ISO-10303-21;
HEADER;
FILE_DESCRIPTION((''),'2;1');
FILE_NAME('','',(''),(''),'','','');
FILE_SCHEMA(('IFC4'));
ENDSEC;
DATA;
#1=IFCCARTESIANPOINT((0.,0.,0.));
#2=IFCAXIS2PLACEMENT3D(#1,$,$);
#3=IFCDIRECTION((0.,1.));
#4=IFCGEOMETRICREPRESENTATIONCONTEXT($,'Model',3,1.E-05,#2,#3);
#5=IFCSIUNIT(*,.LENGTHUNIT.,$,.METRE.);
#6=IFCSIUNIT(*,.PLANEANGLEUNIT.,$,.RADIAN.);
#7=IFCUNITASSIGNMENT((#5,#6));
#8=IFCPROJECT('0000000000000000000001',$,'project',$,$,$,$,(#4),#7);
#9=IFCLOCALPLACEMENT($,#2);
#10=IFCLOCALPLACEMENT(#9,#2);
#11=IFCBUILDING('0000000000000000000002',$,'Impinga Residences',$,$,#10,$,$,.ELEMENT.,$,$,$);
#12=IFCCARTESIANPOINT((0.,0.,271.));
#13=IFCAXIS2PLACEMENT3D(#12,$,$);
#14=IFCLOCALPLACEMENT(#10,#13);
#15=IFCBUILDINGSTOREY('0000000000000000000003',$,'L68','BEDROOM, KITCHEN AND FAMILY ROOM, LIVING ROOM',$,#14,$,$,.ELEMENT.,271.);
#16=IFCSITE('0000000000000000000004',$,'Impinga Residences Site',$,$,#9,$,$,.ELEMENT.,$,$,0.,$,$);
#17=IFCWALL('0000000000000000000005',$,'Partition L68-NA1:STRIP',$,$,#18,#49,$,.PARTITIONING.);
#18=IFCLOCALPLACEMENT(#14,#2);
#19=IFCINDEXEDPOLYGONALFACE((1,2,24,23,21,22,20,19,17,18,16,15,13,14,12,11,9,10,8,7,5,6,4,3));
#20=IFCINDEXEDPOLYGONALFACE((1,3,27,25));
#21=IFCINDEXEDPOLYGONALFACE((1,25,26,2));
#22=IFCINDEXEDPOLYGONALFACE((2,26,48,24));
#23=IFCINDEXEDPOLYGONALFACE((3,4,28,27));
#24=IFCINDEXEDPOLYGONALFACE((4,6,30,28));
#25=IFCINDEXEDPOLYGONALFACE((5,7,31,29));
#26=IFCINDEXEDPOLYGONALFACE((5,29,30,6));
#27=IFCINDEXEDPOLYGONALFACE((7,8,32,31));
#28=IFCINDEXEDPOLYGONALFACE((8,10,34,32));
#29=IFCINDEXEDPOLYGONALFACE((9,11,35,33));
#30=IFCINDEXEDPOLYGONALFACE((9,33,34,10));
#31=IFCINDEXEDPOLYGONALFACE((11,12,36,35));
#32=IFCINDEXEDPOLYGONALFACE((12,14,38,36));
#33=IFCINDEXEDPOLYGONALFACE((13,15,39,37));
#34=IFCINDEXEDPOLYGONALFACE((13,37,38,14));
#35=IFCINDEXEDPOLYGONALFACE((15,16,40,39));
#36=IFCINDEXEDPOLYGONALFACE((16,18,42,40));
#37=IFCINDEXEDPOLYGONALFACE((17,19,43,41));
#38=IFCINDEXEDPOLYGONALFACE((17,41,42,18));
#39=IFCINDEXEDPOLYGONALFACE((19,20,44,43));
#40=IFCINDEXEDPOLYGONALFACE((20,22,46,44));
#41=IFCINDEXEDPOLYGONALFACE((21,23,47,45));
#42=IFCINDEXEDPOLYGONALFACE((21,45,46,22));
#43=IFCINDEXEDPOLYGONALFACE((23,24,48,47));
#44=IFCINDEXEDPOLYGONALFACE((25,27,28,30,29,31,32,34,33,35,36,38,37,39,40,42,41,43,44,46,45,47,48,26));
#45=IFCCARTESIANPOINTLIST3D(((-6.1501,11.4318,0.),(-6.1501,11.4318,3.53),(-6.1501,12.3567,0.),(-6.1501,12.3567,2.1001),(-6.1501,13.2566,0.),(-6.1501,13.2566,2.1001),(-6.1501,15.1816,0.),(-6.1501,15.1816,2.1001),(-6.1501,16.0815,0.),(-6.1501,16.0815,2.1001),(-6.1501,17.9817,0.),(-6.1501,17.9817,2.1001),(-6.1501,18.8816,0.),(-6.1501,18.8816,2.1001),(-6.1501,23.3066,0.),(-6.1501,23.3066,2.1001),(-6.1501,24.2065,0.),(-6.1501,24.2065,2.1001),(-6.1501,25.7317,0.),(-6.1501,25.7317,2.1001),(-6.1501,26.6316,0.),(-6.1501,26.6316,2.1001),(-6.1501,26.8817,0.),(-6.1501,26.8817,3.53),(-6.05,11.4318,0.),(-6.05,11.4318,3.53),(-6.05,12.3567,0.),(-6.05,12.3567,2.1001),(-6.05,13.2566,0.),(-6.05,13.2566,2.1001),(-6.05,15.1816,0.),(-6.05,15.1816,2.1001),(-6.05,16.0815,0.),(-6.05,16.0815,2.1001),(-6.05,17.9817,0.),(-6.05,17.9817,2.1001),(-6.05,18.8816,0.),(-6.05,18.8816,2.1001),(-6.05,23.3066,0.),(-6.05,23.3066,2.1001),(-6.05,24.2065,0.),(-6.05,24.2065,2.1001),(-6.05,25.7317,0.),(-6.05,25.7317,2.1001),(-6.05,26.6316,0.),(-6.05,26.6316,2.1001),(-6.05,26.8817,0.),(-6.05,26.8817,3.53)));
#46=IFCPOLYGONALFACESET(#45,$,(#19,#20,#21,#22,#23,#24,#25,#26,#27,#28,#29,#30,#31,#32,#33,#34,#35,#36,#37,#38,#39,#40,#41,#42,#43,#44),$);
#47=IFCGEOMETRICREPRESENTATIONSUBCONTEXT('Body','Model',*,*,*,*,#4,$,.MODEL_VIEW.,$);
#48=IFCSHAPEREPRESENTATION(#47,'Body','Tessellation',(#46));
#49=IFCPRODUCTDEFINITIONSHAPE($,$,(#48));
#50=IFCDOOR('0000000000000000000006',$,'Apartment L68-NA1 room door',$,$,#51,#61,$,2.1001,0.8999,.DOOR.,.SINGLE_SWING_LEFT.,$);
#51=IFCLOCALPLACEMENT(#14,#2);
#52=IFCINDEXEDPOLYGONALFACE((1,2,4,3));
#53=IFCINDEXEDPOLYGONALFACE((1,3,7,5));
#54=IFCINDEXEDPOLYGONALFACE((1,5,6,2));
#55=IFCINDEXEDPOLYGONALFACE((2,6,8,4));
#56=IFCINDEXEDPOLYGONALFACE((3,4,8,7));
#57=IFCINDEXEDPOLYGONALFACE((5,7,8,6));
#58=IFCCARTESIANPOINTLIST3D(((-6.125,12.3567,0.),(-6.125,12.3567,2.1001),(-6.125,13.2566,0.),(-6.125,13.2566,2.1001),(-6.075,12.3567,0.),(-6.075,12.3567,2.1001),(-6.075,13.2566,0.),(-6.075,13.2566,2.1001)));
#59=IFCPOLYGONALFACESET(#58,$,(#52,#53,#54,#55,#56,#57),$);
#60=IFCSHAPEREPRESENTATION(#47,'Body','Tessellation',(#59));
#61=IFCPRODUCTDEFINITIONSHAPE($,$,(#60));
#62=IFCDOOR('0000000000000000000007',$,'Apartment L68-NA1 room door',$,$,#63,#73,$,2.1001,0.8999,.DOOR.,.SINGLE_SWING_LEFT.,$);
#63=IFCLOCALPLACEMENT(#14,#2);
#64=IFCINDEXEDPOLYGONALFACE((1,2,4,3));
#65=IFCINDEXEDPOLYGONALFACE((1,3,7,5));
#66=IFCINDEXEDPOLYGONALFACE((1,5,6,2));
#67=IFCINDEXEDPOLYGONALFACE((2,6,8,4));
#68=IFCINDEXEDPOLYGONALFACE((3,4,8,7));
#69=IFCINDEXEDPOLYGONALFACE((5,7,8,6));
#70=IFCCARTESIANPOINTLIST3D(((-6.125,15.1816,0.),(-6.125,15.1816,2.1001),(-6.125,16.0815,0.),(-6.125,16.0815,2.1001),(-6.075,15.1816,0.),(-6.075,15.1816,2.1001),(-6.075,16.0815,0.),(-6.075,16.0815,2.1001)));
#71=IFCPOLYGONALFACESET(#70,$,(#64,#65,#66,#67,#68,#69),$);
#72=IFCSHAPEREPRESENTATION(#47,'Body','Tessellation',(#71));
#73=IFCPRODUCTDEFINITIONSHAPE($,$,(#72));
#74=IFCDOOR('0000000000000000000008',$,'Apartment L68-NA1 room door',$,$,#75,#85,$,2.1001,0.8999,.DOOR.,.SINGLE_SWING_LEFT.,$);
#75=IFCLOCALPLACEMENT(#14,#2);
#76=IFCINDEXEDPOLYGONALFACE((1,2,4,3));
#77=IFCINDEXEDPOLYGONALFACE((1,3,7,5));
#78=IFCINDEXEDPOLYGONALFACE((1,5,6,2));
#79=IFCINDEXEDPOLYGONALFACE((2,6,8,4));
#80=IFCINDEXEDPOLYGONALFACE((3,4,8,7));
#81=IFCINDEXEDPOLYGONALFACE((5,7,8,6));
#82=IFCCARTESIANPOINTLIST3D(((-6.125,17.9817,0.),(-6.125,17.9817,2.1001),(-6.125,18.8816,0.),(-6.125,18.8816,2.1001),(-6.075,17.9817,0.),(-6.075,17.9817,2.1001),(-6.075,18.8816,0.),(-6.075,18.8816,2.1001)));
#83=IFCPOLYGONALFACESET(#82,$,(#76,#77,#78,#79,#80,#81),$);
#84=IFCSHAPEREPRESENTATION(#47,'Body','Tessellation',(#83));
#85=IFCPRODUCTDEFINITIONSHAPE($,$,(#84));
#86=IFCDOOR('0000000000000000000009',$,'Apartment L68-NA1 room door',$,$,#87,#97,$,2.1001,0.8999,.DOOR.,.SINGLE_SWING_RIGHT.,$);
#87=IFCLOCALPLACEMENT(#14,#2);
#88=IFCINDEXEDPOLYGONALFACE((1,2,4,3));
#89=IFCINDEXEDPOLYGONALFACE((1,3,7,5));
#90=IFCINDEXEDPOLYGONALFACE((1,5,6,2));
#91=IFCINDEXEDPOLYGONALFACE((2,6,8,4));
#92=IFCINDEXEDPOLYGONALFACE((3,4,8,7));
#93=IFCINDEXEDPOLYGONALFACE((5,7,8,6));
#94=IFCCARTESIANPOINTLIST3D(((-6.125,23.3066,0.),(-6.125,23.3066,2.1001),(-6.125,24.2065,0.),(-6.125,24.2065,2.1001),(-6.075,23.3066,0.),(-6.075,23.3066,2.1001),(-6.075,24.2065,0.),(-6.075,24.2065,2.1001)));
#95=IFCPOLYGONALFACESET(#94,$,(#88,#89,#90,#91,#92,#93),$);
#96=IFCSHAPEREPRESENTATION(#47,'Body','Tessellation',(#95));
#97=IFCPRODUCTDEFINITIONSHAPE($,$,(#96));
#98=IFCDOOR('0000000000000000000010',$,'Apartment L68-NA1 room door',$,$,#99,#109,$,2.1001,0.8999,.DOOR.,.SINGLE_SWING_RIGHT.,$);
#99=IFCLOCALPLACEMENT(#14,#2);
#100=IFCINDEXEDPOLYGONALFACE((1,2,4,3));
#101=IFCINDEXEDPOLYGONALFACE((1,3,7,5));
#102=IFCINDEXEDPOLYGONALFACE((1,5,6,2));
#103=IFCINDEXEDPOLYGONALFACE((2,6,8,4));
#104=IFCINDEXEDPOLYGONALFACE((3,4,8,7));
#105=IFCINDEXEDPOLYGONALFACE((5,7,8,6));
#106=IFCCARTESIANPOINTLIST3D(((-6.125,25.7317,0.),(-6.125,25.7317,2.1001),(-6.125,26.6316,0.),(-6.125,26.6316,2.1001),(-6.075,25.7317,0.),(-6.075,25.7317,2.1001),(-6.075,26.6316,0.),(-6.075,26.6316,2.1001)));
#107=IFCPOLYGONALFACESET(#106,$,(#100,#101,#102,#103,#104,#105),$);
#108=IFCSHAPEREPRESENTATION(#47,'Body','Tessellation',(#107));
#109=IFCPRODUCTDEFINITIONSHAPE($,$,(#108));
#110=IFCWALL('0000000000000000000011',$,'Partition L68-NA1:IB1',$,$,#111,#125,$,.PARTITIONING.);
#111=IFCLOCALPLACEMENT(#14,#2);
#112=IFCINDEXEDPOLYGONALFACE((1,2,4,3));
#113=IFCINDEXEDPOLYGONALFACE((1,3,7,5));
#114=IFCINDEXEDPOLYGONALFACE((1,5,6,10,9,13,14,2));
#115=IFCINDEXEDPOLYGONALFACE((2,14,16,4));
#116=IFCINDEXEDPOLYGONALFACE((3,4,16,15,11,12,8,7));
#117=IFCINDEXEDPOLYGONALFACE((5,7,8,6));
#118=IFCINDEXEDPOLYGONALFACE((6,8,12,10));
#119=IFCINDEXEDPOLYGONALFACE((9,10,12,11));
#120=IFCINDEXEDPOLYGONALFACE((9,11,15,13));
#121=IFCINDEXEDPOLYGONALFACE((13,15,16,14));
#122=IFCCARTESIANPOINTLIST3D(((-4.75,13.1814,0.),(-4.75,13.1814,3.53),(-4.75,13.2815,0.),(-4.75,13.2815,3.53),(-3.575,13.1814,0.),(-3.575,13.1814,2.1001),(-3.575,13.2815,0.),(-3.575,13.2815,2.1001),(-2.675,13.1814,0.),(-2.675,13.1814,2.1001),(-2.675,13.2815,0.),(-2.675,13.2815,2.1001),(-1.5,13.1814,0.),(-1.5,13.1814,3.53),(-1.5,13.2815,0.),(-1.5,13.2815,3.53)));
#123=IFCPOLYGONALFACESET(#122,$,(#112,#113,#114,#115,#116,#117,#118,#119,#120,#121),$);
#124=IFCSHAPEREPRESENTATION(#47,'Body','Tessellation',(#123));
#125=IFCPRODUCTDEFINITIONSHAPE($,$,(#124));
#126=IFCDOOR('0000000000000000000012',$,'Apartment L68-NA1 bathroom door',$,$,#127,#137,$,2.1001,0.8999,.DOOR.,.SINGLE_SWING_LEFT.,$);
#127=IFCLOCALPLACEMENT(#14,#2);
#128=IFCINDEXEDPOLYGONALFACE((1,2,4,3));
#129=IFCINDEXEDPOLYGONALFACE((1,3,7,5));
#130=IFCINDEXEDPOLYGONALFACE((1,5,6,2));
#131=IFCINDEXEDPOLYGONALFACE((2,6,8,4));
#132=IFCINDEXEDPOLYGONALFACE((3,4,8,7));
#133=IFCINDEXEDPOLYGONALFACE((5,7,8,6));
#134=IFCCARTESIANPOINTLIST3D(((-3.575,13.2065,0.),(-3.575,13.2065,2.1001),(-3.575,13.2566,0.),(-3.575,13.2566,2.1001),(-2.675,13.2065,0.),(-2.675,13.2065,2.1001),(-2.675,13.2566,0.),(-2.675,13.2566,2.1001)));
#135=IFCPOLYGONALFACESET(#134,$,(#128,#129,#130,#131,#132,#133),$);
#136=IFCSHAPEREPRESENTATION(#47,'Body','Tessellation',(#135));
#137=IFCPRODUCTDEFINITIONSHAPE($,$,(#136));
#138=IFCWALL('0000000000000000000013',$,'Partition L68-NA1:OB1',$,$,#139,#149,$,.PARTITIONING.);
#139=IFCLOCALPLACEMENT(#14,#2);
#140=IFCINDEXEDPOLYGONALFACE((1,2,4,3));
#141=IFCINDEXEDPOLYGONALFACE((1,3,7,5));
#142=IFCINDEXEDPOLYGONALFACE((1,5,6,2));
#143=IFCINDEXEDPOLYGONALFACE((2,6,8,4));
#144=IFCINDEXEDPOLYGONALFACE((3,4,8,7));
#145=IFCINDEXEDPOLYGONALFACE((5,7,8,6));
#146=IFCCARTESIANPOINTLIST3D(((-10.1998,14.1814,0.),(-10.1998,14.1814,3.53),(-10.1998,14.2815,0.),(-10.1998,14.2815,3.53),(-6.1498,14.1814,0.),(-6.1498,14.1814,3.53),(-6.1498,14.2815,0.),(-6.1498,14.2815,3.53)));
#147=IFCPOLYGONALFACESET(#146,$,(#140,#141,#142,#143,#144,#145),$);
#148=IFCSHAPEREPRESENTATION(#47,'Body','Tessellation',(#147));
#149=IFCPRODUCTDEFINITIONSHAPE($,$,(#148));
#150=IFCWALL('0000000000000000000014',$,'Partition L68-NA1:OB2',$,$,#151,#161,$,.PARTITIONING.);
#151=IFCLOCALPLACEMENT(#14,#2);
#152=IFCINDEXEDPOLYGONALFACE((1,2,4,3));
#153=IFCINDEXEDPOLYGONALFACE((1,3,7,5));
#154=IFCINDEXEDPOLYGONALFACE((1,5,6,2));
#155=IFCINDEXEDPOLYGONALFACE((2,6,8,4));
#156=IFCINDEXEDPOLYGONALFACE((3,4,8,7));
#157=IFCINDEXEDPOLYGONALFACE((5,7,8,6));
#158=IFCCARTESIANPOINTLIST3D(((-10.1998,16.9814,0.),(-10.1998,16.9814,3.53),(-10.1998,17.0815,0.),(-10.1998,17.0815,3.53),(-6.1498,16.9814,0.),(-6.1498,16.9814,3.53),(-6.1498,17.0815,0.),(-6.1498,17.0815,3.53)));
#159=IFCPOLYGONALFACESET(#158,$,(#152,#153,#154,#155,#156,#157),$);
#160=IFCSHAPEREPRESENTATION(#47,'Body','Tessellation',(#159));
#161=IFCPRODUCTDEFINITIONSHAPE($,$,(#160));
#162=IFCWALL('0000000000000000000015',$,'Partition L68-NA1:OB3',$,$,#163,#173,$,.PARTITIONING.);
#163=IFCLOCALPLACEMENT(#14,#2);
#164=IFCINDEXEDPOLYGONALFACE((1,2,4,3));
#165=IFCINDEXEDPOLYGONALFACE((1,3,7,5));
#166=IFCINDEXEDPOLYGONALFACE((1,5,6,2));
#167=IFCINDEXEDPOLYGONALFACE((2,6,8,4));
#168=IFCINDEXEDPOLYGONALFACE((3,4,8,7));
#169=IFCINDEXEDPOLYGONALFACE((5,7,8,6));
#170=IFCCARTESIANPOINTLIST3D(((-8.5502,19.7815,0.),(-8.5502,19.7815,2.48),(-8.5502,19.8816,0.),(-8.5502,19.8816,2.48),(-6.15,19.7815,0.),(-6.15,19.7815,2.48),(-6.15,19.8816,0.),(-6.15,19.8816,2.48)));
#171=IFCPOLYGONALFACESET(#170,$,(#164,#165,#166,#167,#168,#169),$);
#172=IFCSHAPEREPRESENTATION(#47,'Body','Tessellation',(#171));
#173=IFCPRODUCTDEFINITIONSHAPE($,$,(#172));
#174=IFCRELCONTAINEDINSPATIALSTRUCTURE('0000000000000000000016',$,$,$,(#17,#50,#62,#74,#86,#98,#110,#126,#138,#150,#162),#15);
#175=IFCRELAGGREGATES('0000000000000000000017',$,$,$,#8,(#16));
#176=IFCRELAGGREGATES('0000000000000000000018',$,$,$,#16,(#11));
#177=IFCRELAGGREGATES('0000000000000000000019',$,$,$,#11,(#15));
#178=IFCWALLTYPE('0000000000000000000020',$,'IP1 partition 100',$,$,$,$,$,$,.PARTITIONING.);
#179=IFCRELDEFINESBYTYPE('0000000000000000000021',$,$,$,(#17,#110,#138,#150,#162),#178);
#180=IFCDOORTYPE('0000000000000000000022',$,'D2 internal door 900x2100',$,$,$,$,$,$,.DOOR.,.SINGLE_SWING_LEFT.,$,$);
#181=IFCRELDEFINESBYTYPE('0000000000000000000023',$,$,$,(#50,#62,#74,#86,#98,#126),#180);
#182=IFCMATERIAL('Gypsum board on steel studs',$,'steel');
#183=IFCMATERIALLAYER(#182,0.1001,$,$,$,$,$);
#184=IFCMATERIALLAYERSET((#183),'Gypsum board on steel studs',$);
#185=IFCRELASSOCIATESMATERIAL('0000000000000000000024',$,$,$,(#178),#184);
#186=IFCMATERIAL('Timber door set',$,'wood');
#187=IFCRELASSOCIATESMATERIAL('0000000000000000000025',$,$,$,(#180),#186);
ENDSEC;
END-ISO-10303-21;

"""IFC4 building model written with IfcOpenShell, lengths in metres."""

from ifc_helpers import new_model, si_unit, direction, frame, frame_2d, origin, place, context, subcontext, project, spatial, rectangle, extrude, material, layer, layer_set, type_object, element, fill, save


model = new_model("IFC4")

# Units and contexts
model_context = context("Model", 3, precision=1e-05, world=origin(), true_north=direction((0.0, 1.0)))
body_context = subcontext(model_context, "Body", "Model", "MODEL_VIEW")
ifc_project = project(units=[si_unit("LENGTHUNIT", "METRE"), si_unit("PLANEANGLEUNIT", "RADIAN")], contexts=[model_context])

# Site, building, storey
site_placement = place(None, origin())
site = spatial("IfcSite", under=ifc_project, at=site_placement, Name="Impinga Residences Site", CompositionType="ELEMENT", RefElevation=0.0)
building_placement = place(site_placement, origin())
building = spatial("IfcBuilding", under=site, at=building_placement, Name="Impinga Residences", CompositionType="ELEMENT")
storey_placement = place(building_placement, frame((0.0, 0.0, 271.0)))
storey = spatial("IfcBuildingStorey", under=building, at=storey_placement, Name="L68", Description="BEDROOM, KITCHEN AND FAMILY ROOM, LIVING ROOM", CompositionType="ELEMENT", Elevation=271.0)

# Shared definitions
ifc_material_1 = material(Name="Timber door set", Category="wood")

# Shared definitions
ifc_material_2 = material(Name="Gypsum board on steel studs", Category="steel")
ifc_layer_1 = layer(ifc_material_2, 0.1001)
ifc_layer_set_1 = layer_set([ifc_layer_1], Name="Gypsum board on steel studs")
wall_type_1 = type_object("IfcWallType", Name="IP1 partition 100", PredefinedType="PARTITIONING", material=ifc_layer_set_1)

# Wall, openings, doors
wall_1_placement = place(storey_placement, frame((-6.1001, 11.4316, 0.0), z_axis=(0.0, 0.0, 1.0), x_axis=(0.0, 1.0, 0.0)))
wall_1 = element("IfcWall", 1, at=wall_1_placement, inside=storey, type_object=wall_type_1, Name="Partition L68-NA1:STRIP", PredefinedType="PARTITIONING", context=body_context, shape_type="SweptSolid", body=[
    extrude(rectangle(XDim=15.45, YDim=0.1001, at=frame_2d((7.7251, 0.0))), origin(), (0.0, 0.0, 1.0), 3.53),
])
opening_1_placement = place(wall_1_placement, frame((0.925, 0.0, 0.0)))
opening_1 = element("IfcOpeningElement", 2, at=opening_1_placement, cuts=wall_1, PredefinedType="OPENING", context=body_context, shape_type="SweptSolid", body=[
    extrude(rectangle(XDim=0.8999, YDim=2.1001, at=frame_2d((0.45, 1.05))), frame((0.0, 0.0601, 0.0), z_axis=(0.0, -1.0, 0.0), x_axis=(1.0, 0.0, 0.0)), (0.0, 0.0, 1.0), 0.1201),
])
opening_2_placement = place(wall_1_placement, frame((3.75, 0.0, 0.0)))
opening_2 = element("IfcOpeningElement", 3, at=opening_2_placement, cuts=wall_1, PredefinedType="OPENING", context=body_context, shape_type="SweptSolid", body=[
    extrude(rectangle(XDim=0.8999, YDim=2.1001, at=frame_2d((0.45, 1.05))), frame((0.0, 0.0601, 0.0), z_axis=(0.0, -1.0, 0.0), x_axis=(1.0, 0.0, 0.0)), (0.0, 0.0, 1.0), 0.1201),
])
opening_3_placement = place(wall_1_placement, frame((6.55, 0.0, 0.0)))
opening_3 = element("IfcOpeningElement", 4, at=opening_3_placement, cuts=wall_1, PredefinedType="OPENING", context=body_context, shape_type="SweptSolid", body=[
    extrude(rectangle(XDim=0.8999, YDim=2.1001, at=frame_2d((0.45, 1.05))), frame((0.0, 0.0601, 0.0), z_axis=(0.0, -1.0, 0.0), x_axis=(1.0, 0.0, 0.0)), (0.0, 0.0, 1.0), 0.1201),
])
opening_4_placement = place(wall_1_placement, frame((11.875, 0.0, 0.0)))
opening_4 = element("IfcOpeningElement", 5, at=opening_4_placement, cuts=wall_1, PredefinedType="OPENING", context=body_context, shape_type="SweptSolid", body=[
    extrude(rectangle(XDim=0.8999, YDim=2.1001, at=frame_2d((0.45, 1.05))), frame((0.0, 0.0601, 0.0), z_axis=(0.0, -1.0, 0.0), x_axis=(1.0, 0.0, 0.0)), (0.0, 0.0, 1.0), 0.1201),
])
opening_5_placement = place(wall_1_placement, frame((14.3, 0.0, 0.0)))
opening_5 = element("IfcOpeningElement", 6, at=opening_5_placement, cuts=wall_1, PredefinedType="OPENING", context=body_context, shape_type="SweptSolid", body=[
    extrude(rectangle(XDim=0.8999, YDim=2.1001, at=frame_2d((0.45, 1.05))), frame((0.0, 0.0601, 0.0), z_axis=(0.0, -1.0, 0.0), x_axis=(1.0, 0.0, 0.0)), (0.0, 0.0, 1.0), 0.1201),
])
door_type_1 = type_object("IfcDoorType", Name="D2 internal door 900x2100", OperationType="SINGLE_SWING_LEFT", PredefinedType="DOOR", material=ifc_material_1)
door_1_placement = place(opening_1_placement, origin())
door_1 = element("IfcDoor", 7, at=door_1_placement, inside=storey, type_object=door_type_1, Name="Apartment L68-NA1 room door", OperationType="SINGLE_SWING_LEFT", OverallHeight=2.1001, OverallWidth=0.8999, PredefinedType="DOOR", context=body_context, shape_type="SweptSolid", body=[
    extrude(rectangle(XDim=0.8999, YDim=2.1001, at=frame_2d((0.45, 1.05))), frame((0.0, 0.0249, 0.0), z_axis=(0.0, -1.0, 0.0), x_axis=(1.0, 0.0, 0.0)), (0.0, 0.0, 1.0), 0.05),
])
fill(opening_1, door_1)
door_2_placement = place(opening_2_placement, origin())
door_2 = element("IfcDoor", 8, at=door_2_placement, inside=storey, type_object=door_type_1, Name="Apartment L68-NA1 room door", OperationType="SINGLE_SWING_LEFT", OverallHeight=2.1001, OverallWidth=0.8999, PredefinedType="DOOR", context=body_context, shape_type="SweptSolid", body=[
    extrude(rectangle(XDim=0.8999, YDim=2.1001, at=frame_2d((0.45, 1.05))), frame((0.0, 0.0249, 0.0), z_axis=(0.0, -1.0, 0.0), x_axis=(1.0, 0.0, 0.0)), (0.0, 0.0, 1.0), 0.05),
])
fill(opening_2, door_2)
door_3_placement = place(opening_3_placement, origin())
door_3 = element("IfcDoor", 9, at=door_3_placement, inside=storey, type_object=door_type_1, Name="Apartment L68-NA1 room door", OperationType="SINGLE_SWING_LEFT", OverallHeight=2.1001, OverallWidth=0.8999, PredefinedType="DOOR", context=body_context, shape_type="SweptSolid", body=[
    extrude(rectangle(XDim=0.8999, YDim=2.1001, at=frame_2d((0.45, 1.05))), frame((0.0, 0.0249, 0.0), z_axis=(0.0, -1.0, 0.0), x_axis=(1.0, 0.0, 0.0)), (0.0, 0.0, 1.0), 0.05),
])
fill(opening_3, door_3)
door_4_placement = place(opening_4_placement, origin())
door_4 = element("IfcDoor", 10, at=door_4_placement, inside=storey, type_object=door_type_1, Name="Apartment L68-NA1 room door", OperationType="SINGLE_SWING_RIGHT", OverallHeight=2.1001, OverallWidth=0.8999, PredefinedType="DOOR", context=body_context, shape_type="SweptSolid", body=[
    extrude(rectangle(XDim=0.8999, YDim=2.1001, at=frame_2d((0.45, 1.05))), frame((0.0, 0.0249, 0.0), z_axis=(0.0, -1.0, 0.0), x_axis=(1.0, 0.0, 0.0)), (0.0, 0.0, 1.0), 0.05),
])
fill(opening_4, door_4)
door_5_placement = place(opening_5_placement, origin())
door_5 = element("IfcDoor", 11, at=door_5_placement, inside=storey, type_object=door_type_1, Name="Apartment L68-NA1 room door", OperationType="SINGLE_SWING_RIGHT", OverallHeight=2.1001, OverallWidth=0.8999, PredefinedType="DOOR", context=body_context, shape_type="SweptSolid", body=[
    extrude(rectangle(XDim=0.8999, YDim=2.1001, at=frame_2d((0.45, 1.05))), frame((0.0, 0.0249, 0.0), z_axis=(0.0, -1.0, 0.0), x_axis=(1.0, 0.0, 0.0)), (0.0, 0.0, 1.0), 0.05),
])
fill(opening_5, door_5)

# Wall, opening, door
wall_2_placement = place(storey_placement, frame((-1.5, 13.2314, 0.0), z_axis=(0.0, 0.0, 1.0), x_axis=(-1.0, 0.0, 0.0)))
wall_2 = element("IfcWall", 12, at=wall_2_placement, inside=storey, type_object=wall_type_1, Name="Partition L68-NA1:IB1", PredefinedType="PARTITIONING", context=body_context, shape_type="SweptSolid", body=[
    extrude(rectangle(XDim=3.25, YDim=0.1001, at=frame_2d((1.625, 0.0))), origin(), (0.0, 0.0, 1.0), 3.53),
])
opening_6_placement = place(wall_2_placement, frame((1.175, 0.0, 0.0)))
opening_6 = element("IfcOpeningElement", 13, at=opening_6_placement, cuts=wall_2, PredefinedType="OPENING", context=body_context, shape_type="SweptSolid", body=[
    extrude(rectangle(XDim=0.8999, YDim=2.1001, at=frame_2d((0.45, 1.05))), frame((0.0, 0.0601, 0.0), z_axis=(0.0, -1.0, 0.0), x_axis=(1.0, 0.0, 0.0)), (0.0, 0.0, 1.0), 0.1201),
])
door_6_placement = place(opening_6_placement, origin())
door_6 = element("IfcDoor", 14, at=door_6_placement, inside=storey, type_object=door_type_1, Name="Apartment L68-NA1 bathroom door", OperationType="SINGLE_SWING_LEFT", OverallHeight=2.1001, OverallWidth=0.8999, PredefinedType="DOOR", context=body_context, shape_type="SweptSolid", body=[
    extrude(rectangle(XDim=0.8999, YDim=2.1001, at=frame_2d((0.45, 1.05))), frame((0.0, 0.0249, 0.0), z_axis=(0.0, -1.0, 0.0), x_axis=(1.0, 0.0, 0.0)), (0.0, 0.0, 1.0), 0.05),
])
fill(opening_6, door_6)

# Walls
for number, where, z_axis, x_axis, name in (
    (15, (-6.1499, 14.2314, 0.0), (0.0, 0.0, 1.0), (-1.0, 0.0, 0.0), "Partition L68-NA1:OB1"),
    (16, (-6.1499, 17.0315, 0.0), (0.0, 0.0, 1.0), (-1.0, 0.0, 0.0), "Partition L68-NA1:OB2"),
):
    element("IfcWall", number, at=place(storey_placement, frame(where, z_axis=z_axis, x_axis=x_axis)), inside=storey, type_object=wall_type_1, Name=name, PredefinedType="PARTITIONING", context=body_context, shape_type="SweptSolid", body=[
        extrude(rectangle(XDim=4.05, YDim=0.1001, at=frame_2d((2.0249, 0.0))), origin(), (0.0, 0.0, 1.0), 3.53),
    ])
wall_3_placement = place(storey_placement, frame((-6.1499, 19.8315, 0.0), z_axis=(0.0, 0.0, 1.0), x_axis=(-1.0, 0.0, 0.0)))
element("IfcWall", 17, at=wall_3_placement, inside=storey, type_object=wall_type_1, Name="Partition L68-NA1:OB3", PredefinedType="PARTITIONING", context=body_context, shape_type="SweptSolid", body=[
    extrude(rectangle(XDim=2.4001, YDim=0.1001, at=frame_2d((1.2002, 0.0))), origin(), (0.0, 0.0, 1.0), 2.48),
])

save(model, "model.ifc")
